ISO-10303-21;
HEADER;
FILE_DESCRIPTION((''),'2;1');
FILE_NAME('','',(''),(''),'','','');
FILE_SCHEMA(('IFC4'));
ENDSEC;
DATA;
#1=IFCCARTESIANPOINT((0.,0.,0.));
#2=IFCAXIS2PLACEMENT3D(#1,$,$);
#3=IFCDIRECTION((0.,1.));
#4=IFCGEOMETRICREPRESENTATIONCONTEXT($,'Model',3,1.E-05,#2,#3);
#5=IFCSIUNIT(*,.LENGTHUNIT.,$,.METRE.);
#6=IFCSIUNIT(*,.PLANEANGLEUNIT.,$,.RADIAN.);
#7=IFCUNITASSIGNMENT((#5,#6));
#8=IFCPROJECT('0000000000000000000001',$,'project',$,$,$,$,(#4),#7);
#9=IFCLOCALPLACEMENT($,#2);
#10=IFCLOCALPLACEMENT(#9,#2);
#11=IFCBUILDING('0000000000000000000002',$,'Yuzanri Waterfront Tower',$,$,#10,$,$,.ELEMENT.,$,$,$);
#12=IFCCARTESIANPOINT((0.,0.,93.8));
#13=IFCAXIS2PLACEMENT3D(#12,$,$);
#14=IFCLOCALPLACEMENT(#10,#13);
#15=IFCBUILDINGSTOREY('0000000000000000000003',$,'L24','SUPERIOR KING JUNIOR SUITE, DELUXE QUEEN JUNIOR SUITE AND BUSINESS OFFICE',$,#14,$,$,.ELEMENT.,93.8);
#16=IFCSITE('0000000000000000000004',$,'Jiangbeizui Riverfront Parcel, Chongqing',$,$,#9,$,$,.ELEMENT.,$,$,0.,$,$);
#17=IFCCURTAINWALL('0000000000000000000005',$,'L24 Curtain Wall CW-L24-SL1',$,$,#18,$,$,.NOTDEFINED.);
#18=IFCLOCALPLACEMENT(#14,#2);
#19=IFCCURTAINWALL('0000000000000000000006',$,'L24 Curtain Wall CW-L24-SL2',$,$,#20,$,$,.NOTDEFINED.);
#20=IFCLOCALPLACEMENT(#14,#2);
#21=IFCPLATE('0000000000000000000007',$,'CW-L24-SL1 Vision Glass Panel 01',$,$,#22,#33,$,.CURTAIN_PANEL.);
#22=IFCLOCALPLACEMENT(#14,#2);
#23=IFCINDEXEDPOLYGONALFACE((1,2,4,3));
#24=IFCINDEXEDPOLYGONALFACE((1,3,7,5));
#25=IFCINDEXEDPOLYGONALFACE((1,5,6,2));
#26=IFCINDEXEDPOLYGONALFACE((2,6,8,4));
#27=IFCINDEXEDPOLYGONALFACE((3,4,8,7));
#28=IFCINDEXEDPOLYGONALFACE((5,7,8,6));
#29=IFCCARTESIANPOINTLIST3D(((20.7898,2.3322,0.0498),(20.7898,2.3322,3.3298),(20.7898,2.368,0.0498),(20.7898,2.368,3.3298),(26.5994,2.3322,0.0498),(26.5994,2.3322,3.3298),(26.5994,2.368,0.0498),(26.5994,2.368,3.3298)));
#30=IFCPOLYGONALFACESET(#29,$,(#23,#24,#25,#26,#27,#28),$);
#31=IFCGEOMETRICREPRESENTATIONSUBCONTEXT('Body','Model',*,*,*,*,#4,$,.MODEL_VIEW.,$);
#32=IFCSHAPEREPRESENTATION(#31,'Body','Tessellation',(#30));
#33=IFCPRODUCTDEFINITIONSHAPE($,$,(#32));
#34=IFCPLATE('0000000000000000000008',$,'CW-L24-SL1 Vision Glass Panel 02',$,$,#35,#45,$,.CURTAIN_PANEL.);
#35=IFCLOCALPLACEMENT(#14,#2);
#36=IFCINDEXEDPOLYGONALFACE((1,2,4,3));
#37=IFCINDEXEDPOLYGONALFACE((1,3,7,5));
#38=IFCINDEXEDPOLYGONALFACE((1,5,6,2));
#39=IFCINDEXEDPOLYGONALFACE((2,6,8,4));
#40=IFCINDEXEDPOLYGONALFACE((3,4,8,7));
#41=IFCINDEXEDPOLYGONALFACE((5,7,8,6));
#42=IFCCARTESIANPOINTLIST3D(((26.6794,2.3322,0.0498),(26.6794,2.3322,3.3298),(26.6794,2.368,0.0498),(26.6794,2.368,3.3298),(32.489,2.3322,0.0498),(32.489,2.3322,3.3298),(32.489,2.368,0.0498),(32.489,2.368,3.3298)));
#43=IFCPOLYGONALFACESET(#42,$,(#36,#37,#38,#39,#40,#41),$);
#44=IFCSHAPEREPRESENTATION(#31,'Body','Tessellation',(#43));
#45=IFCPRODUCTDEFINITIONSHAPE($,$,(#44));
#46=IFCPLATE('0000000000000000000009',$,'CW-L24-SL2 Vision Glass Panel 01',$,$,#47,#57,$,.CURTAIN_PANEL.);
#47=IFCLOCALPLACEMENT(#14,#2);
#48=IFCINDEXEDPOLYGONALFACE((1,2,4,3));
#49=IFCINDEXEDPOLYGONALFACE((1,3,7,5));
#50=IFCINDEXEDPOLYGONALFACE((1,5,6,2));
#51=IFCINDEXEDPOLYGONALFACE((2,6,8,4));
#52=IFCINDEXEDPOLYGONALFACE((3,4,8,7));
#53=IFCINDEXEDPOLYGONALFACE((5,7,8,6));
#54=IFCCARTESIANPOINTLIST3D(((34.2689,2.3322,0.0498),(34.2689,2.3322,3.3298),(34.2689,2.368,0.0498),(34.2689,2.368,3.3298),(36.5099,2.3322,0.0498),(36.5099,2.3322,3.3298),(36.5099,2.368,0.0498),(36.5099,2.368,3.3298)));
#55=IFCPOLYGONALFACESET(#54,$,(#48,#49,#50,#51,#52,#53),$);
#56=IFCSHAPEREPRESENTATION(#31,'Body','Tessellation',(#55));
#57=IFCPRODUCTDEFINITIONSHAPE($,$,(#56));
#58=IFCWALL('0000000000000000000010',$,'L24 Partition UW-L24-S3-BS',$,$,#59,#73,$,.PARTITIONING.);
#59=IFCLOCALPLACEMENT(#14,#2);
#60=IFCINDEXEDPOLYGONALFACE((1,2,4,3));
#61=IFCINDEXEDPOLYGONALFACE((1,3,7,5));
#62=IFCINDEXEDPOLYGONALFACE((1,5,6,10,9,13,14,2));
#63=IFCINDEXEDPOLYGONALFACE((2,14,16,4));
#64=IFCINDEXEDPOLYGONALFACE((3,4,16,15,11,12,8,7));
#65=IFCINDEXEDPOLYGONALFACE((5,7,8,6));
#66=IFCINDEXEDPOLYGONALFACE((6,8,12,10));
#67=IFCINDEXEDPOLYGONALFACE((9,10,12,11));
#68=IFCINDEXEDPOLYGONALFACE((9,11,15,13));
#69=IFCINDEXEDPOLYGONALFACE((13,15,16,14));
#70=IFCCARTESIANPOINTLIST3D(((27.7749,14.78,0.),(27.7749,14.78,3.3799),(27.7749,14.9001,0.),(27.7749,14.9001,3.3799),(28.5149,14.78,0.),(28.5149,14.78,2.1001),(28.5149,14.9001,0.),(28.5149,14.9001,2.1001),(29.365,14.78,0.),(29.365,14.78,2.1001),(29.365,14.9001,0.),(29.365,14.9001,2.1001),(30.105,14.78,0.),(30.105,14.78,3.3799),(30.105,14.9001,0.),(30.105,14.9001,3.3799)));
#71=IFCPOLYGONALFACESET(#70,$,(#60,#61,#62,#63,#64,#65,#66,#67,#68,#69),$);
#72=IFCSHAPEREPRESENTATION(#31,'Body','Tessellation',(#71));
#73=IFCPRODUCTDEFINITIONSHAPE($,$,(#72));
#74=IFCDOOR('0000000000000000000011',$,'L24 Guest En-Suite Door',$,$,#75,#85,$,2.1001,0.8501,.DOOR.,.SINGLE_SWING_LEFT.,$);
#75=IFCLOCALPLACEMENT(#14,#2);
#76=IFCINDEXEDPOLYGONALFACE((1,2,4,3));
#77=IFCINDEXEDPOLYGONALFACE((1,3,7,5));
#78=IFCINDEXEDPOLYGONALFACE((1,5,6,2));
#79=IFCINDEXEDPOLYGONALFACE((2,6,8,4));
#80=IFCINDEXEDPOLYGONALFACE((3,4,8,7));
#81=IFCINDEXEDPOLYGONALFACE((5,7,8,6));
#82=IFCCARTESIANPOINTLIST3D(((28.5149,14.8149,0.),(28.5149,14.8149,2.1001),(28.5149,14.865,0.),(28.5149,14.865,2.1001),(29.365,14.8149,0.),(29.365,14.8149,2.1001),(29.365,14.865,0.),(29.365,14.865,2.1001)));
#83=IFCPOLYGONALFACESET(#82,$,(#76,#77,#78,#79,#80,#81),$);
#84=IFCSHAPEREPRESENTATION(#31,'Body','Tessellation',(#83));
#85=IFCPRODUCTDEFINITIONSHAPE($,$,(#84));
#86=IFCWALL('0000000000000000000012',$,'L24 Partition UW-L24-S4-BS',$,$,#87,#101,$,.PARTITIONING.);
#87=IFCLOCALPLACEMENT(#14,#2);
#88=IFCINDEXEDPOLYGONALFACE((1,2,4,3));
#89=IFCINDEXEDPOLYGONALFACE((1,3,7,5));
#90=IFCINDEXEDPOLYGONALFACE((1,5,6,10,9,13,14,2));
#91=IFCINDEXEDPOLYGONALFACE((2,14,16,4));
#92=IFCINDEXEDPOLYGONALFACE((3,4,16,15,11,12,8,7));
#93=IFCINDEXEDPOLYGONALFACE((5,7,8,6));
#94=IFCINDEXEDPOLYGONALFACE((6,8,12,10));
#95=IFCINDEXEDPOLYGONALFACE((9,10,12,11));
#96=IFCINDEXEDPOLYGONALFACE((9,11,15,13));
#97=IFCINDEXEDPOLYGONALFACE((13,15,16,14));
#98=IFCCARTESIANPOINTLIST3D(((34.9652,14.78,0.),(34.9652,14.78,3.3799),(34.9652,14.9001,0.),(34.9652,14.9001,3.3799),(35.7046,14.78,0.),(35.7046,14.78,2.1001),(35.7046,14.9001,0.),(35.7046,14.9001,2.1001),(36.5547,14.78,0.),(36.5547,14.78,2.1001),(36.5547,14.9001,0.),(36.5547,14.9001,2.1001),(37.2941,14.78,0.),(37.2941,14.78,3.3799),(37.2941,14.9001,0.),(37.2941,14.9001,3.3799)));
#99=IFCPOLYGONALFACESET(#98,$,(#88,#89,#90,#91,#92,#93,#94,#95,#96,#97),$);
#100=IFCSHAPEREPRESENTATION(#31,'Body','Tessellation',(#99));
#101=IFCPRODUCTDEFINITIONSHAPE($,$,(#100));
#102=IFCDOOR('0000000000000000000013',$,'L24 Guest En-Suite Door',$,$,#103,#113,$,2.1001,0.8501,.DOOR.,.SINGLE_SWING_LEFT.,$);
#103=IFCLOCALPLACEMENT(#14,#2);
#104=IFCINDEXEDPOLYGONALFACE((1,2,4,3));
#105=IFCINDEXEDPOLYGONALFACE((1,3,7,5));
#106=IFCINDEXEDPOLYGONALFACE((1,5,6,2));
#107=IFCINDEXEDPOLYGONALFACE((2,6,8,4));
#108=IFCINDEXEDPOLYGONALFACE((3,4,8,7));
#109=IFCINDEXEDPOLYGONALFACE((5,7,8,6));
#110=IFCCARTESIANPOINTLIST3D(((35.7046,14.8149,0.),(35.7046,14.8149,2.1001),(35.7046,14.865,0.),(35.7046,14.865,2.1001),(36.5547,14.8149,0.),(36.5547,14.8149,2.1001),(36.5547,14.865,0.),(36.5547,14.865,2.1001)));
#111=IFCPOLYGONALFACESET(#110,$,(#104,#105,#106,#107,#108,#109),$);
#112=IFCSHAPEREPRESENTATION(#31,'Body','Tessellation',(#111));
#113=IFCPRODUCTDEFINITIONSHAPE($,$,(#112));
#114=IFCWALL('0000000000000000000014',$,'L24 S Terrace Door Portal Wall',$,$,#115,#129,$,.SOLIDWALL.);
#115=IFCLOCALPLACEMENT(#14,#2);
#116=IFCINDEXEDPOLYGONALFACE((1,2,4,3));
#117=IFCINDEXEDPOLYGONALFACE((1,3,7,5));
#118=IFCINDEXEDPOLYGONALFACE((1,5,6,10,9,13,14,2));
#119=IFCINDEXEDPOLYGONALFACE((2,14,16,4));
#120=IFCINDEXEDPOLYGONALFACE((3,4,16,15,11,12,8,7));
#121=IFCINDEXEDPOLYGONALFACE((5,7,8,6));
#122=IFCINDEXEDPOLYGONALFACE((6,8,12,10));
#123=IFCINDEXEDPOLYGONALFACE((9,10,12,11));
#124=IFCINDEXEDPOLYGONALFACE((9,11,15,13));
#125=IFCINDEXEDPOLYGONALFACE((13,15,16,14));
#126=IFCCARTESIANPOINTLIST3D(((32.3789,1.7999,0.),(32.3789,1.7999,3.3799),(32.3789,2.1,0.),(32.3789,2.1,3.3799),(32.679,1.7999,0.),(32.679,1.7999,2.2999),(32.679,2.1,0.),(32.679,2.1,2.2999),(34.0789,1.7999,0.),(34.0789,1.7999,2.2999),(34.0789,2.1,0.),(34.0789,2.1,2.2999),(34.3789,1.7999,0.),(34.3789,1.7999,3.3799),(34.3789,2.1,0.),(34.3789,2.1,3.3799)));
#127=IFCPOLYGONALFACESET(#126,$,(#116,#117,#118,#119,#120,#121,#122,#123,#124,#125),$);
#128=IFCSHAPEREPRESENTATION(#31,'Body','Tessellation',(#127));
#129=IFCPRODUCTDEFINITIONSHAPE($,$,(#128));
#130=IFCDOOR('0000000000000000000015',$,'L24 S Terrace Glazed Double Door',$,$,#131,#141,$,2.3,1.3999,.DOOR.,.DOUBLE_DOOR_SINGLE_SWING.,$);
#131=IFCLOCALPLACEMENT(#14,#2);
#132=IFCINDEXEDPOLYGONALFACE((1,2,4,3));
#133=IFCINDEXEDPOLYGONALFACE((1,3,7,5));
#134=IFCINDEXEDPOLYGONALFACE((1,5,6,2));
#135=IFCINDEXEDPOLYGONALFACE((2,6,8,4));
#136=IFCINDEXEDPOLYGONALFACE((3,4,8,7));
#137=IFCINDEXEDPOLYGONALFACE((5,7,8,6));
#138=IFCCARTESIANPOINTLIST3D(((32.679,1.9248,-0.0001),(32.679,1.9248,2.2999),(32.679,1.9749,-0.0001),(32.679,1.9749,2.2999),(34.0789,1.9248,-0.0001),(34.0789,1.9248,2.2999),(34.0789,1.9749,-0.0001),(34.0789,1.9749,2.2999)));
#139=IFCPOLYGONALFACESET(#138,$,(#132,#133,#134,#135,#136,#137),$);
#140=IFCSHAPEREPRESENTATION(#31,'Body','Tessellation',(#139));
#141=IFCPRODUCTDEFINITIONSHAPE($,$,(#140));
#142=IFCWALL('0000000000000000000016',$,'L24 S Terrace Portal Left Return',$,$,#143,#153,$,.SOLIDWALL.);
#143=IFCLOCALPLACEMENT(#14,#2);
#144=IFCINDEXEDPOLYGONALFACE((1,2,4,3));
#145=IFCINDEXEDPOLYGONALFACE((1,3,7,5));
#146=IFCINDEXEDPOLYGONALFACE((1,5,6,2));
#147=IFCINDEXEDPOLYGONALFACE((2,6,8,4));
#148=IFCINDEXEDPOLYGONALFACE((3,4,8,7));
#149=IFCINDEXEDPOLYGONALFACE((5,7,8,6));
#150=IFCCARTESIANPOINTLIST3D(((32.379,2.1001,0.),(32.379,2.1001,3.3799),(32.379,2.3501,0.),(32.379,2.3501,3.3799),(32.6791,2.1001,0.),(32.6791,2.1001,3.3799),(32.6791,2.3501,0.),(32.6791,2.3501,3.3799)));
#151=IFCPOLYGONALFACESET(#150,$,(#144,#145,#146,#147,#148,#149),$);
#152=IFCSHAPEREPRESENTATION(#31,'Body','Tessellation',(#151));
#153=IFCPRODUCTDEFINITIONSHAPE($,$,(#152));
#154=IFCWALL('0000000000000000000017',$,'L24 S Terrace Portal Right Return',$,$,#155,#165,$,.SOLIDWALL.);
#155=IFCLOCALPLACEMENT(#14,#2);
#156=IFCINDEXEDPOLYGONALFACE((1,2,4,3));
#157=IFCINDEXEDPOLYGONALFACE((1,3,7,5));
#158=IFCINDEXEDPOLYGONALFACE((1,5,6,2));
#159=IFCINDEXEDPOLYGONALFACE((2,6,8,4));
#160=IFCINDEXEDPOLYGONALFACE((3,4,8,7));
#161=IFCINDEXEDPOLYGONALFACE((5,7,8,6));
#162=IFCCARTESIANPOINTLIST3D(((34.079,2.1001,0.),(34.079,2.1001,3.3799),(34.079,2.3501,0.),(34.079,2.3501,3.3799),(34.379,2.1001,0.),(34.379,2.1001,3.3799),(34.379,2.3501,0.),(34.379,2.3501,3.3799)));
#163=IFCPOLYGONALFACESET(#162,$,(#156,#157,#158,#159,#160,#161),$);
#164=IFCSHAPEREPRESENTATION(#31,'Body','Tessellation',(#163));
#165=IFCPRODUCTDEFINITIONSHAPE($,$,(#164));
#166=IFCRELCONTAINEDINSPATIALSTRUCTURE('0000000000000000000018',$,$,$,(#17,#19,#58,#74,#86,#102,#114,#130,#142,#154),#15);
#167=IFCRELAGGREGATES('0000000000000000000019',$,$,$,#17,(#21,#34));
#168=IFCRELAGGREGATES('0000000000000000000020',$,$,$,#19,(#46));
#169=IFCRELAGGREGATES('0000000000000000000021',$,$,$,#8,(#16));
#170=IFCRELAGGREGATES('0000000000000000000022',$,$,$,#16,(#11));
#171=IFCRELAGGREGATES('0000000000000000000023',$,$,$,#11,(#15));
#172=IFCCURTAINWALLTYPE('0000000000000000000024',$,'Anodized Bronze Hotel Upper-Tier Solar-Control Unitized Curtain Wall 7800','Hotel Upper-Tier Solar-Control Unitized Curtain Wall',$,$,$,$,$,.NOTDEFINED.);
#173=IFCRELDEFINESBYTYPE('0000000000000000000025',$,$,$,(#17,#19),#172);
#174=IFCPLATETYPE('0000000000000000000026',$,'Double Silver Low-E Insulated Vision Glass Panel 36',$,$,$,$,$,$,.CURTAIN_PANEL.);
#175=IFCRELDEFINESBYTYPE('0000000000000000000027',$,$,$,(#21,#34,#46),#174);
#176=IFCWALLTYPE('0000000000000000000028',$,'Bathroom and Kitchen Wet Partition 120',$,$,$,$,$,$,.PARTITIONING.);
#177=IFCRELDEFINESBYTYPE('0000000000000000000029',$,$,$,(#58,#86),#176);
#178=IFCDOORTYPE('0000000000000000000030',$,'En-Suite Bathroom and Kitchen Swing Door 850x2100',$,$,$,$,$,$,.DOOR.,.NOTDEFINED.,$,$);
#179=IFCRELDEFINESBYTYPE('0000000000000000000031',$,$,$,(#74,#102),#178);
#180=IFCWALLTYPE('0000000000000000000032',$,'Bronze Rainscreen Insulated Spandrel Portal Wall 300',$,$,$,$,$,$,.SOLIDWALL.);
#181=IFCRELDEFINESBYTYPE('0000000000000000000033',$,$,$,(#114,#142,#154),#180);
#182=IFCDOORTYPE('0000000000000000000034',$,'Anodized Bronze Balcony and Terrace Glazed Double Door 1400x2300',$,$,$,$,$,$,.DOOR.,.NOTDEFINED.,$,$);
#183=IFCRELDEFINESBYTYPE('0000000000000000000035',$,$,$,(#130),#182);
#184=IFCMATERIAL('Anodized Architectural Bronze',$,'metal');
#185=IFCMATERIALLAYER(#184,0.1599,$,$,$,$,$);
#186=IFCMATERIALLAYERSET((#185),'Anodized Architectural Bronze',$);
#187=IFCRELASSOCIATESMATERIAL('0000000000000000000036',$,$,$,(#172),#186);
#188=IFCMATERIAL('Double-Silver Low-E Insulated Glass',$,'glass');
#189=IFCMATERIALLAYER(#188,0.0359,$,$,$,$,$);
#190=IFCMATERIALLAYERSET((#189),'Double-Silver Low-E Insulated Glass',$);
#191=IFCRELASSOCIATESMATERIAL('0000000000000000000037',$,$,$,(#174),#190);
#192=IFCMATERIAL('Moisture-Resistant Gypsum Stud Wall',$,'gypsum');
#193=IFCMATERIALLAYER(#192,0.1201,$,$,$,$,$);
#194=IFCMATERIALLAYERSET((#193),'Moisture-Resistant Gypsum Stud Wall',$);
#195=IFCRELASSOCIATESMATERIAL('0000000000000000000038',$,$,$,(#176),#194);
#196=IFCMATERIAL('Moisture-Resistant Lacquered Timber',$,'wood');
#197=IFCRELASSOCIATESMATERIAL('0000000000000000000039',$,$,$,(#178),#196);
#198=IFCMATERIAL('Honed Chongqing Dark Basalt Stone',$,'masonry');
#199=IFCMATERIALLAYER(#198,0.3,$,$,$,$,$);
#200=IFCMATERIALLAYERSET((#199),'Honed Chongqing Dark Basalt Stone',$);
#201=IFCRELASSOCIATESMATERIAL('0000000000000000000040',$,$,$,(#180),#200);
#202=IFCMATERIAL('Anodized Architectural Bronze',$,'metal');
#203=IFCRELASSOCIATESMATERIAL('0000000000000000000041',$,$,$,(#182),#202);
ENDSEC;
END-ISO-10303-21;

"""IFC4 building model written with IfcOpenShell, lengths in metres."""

from ifc_helpers import new_model, si_unit, direction, frame, frame_2d, origin, origin_2d, place, context, subcontext, project, spatial, rectangle, extrude, source, transform, mapped, material, layer, layer_set, type_object, element, fill, aggregate, save


model = new_model("IFC4")

# Units and contexts
model_context = context("Model", 3, precision=1e-05, world=origin(), true_north=direction((0.0, 1.0)))
body_context = subcontext(model_context, "Body", "Model", "MODEL_VIEW")
ifc_project = project(units=[si_unit("LENGTHUNIT", "METRE"), si_unit("PLANEANGLEUNIT", "RADIAN")], contexts=[model_context])

# Site, building, storey
site_placement = place(None, origin())
site = spatial("IfcSite", under=ifc_project, at=site_placement, Name="Jiangbeizui Riverfront Parcel, Chongqing", CompositionType="ELEMENT", RefElevation=0.0)
building_placement = place(site_placement, origin())
building = spatial("IfcBuilding", under=site, at=building_placement, Name="Yuzanri Waterfront Tower", CompositionType="ELEMENT")
storey_placement = place(building_placement, frame((0.0, 0.0, 93.8)))
storey = spatial("IfcBuildingStorey", under=building, at=storey_placement, Name="L24", Description="SUPERIOR KING JUNIOR SUITE, DELUXE QUEEN JUNIOR SUITE AND BUSINESS OFFICE", CompositionType="ELEMENT", Elevation=93.8)

# Curtain walls
ifc_material_1 = material(Name="Anodized Architectural Bronze", Category="metal")
ifc_layer_1 = layer(ifc_material_1, 0.1599)
ifc_layer_set_1 = layer_set([ifc_layer_1], Name="Anodized Architectural Bronze")
curtain_wall_type = type_object("IfcCurtainWallType", Name="Anodized Bronze Hotel Upper-Tier Solar-Control Unitized Curtain Wall 7800", Description="Hotel Upper-Tier Solar-Control Unitized Curtain Wall", PredefinedType="NOTDEFINED", material=ifc_layer_set_1)
curtain_wall_1_placement = place(storey_placement, origin())
curtain_wall_1 = element("IfcCurtainWall", 1, at=curtain_wall_1_placement, inside=storey, type_object=curtain_wall_type, Name="L24 Curtain Wall CW-L24-SL1", PredefinedType="NOTDEFINED")
curtain_wall_2_placement = place(storey_placement, origin())
curtain_wall_2 = element("IfcCurtainWall", 2, at=curtain_wall_2_placement, inside=storey, type_object=curtain_wall_type, Name="L24 Curtain Wall CW-L24-SL2", PredefinedType="NOTDEFINED")

# Plates
ifc_material_2 = material(Name="Double-Silver Low-E Insulated Glass", Category="glass")
ifc_layer_2 = layer(ifc_material_2, 0.0359)
ifc_layer_set_2 = layer_set([ifc_layer_2], Name="Double-Silver Low-E Insulated Glass")
plate_type = type_object("IfcPlateType", Name="Double Silver Low-E Insulated Vision Glass Panel 36", PredefinedType="CURTAIN_PANEL", material=ifc_layer_set_2)
shared_shape_1 = source(origin(), body_context, "Body", "SweptSolid", [
    extrude(rectangle(XDim=5.8096, YDim=0.0359, at=origin_2d()), origin(), (0.0, 0.0, 1.0), 3.28),
])
plate_1_placement = place(storey_placement, frame((23.6946, 2.3501, 0.0498), z_axis=(0.0, 0.0, 1.0), x_axis=(1.0, 0.0, 0.0)))
plate_1 = element("IfcPlate", 3, at=plate_1_placement, type_object=plate_type, Name="CW-L24-SL1 Vision Glass Panel 01", PredefinedType="CURTAIN_PANEL", context=body_context, shape_type="MappedRepresentation", body=[
    mapped(shared_shape_1, transform((0.0, 0.0, 0.0), scale=1.0)),
])
plate_2_placement = place(storey_placement, frame((29.5842, 2.3501, 0.0498), z_axis=(0.0, 0.0, 1.0), x_axis=(1.0, 0.0, 0.0)))
plate_2 = element("IfcPlate", 4, at=plate_2_placement, type_object=plate_type, Name="CW-L24-SL1 Vision Glass Panel 02", PredefinedType="CURTAIN_PANEL", context=body_context, shape_type="MappedRepresentation", body=[
    mapped(shared_shape_1, transform((0.0, 0.0, 0.0), scale=1.0)),
])
aggregate(curtain_wall_1, [plate_1, plate_2])
shared_shape_2 = source(origin(), body_context, "Body", "SweptSolid", [
    extrude(rectangle(XDim=2.241, YDim=0.0359, at=origin_2d()), origin(), (0.0, 0.0, 1.0), 3.28),
])
plate_3_placement = place(storey_placement, frame((35.3894, 2.3501, 0.0498), z_axis=(0.0, 0.0, 1.0), x_axis=(1.0, 0.0, 0.0)))
plate_3 = element("IfcPlate", 5, at=plate_3_placement, type_object=plate_type, Name="CW-L24-SL2 Vision Glass Panel 01", PredefinedType="CURTAIN_PANEL", context=body_context, shape_type="MappedRepresentation", body=[
    mapped(shared_shape_2, transform((0.0, 0.0, 0.0), scale=1.0)),
])
aggregate(curtain_wall_2, [plate_3])

# Walls, openings, doors
ifc_material_3 = material(Name="Moisture-Resistant Gypsum Stud Wall", Category="gypsum")
ifc_layer_3 = layer(ifc_material_3, 0.1201)
ifc_layer_set_3 = layer_set([ifc_layer_3], Name="Moisture-Resistant Gypsum Stud Wall")
wall_type_1 = type_object("IfcWallType", Name="Bathroom and Kitchen Wet Partition 120", PredefinedType="PARTITIONING", material=ifc_layer_set_3)
wall_1_placement = place(storey_placement, frame((27.7749, 14.8401, 0.0), z_axis=(0.0, 0.0, 1.0), x_axis=(1.0, 0.0, 0.0)))
wall_1 = element("IfcWall", 6, at=wall_1_placement, inside=storey, type_object=wall_type_1, Name="L24 Partition UW-L24-S3-BS", PredefinedType="PARTITIONING", context=body_context, shape_type="SweptSolid", body=[
    extrude(rectangle(XDim=2.3301, YDim=0.1201, at=frame_2d((1.165, 0.0))), origin(), (0.0, 0.0, 1.0), 3.3799),
])
opening_1_placement = place(wall_1_placement, frame((0.74, 0.0, 0.0)))
opening_1 = element("IfcOpeningElement", 7, at=opening_1_placement, cuts=wall_1, PredefinedType="OPENING", context=body_context, shape_type="SweptSolid", body=[
    extrude(rectangle(XDim=0.8501, YDim=2.1001, at=frame_2d((0.425, 1.05))), frame((0.0, 0.075, 0.0), z_axis=(0.0, -1.0, 0.0), x_axis=(1.0, 0.0, 0.0)), (0.0, 0.0, 1.0), 0.1499),
])
ifc_material_4 = material(Name="Moisture-Resistant Lacquered Timber", Category="wood")
door_type_1 = type_object("IfcDoorType", Name="En-Suite Bathroom and Kitchen Swing Door 850x2100", OperationType="NOTDEFINED", PredefinedType="DOOR", material=ifc_material_4)
shared_shape_3 = source(origin(), body_context, "Body", "SweptSolid", [
    extrude(rectangle(XDim=0.8501, YDim=2.1001, at=frame_2d((0.425, 1.05))), frame((0.0, 0.0249, 0.0), z_axis=(0.0, -1.0, 0.0), x_axis=(1.0, 0.0, 0.0)), (0.0, 0.0, 1.0), 0.05),
])
door_1_placement = place(opening_1_placement, origin())
door_1 = element("IfcDoor", 8, at=door_1_placement, inside=storey, type_object=door_type_1, Name="L24 Guest En-Suite Door", OperationType="SINGLE_SWING_LEFT", OverallHeight=2.1001, OverallWidth=0.8501, PredefinedType="DOOR", context=body_context, shape_type="MappedRepresentation", body=[
    mapped(shared_shape_3, transform((0.0, 0.0, 0.0), scale=1.0)),
])
fill(opening_1, door_1)
wall_2_placement = place(storey_placement, frame((34.9651, 14.8401, 0.0), z_axis=(0.0, 0.0, 1.0), x_axis=(1.0, 0.0, 0.0)))
wall_2 = element("IfcWall", 9, at=wall_2_placement, inside=storey, type_object=wall_type_1, Name="L24 Partition UW-L24-S4-BS", PredefinedType="PARTITIONING", context=body_context, shape_type="SweptSolid", body=[
    extrude(rectangle(XDim=2.3289, YDim=0.1201, at=frame_2d((1.1646, 0.0))), origin(), (0.0, 0.0, 1.0), 3.3799),
])
opening_2_placement = place(wall_2_placement, frame((0.7395, 0.0, 0.0)))
opening_2 = element("IfcOpeningElement", 10, at=opening_2_placement, cuts=wall_2, PredefinedType="OPENING", context=body_context, shape_type="SweptSolid", body=[
    extrude(rectangle(XDim=0.8501, YDim=2.1001, at=frame_2d((0.425, 1.05))), frame((0.0, 0.075, 0.0), z_axis=(0.0, -1.0, 0.0), x_axis=(1.0, 0.0, 0.0)), (0.0, 0.0, 1.0), 0.1499),
])
door_2_placement = place(opening_2_placement, origin())
door_2 = element("IfcDoor", 11, at=door_2_placement, inside=storey, type_object=door_type_1, Name="L24 Guest En-Suite Door", OperationType="SINGLE_SWING_LEFT", OverallHeight=2.1001, OverallWidth=0.8501, PredefinedType="DOOR", context=body_context, shape_type="MappedRepresentation", body=[
    mapped(shared_shape_3, transform((0.0, 0.0, 0.0), scale=1.0)),
])
fill(opening_2, door_2)
ifc_material_5 = material(Name="Honed Chongqing Dark Basalt Stone", Category="masonry")
ifc_layer_4 = layer(ifc_material_5, 0.3)
ifc_layer_set_4 = layer_set([ifc_layer_4], Name="Honed Chongqing Dark Basalt Stone")
wall_type_2 = type_object("IfcWallType", Name="Bronze Rainscreen Insulated Spandrel Portal Wall 300", PredefinedType="SOLIDWALL", material=ifc_layer_set_4)
wall_3_placement = place(storey_placement, frame((32.3789, 1.95, 0.0), z_axis=(0.0, 0.0, 1.0), x_axis=(1.0, 0.0, 0.0)))
wall_3 = element("IfcWall", 12, at=wall_3_placement, inside=storey, type_object=wall_type_2, Name="L24 S Terrace Door Portal Wall", PredefinedType="SOLIDWALL", context=body_context, shape_type="SweptSolid", body=[
    extrude(rectangle(XDim=2.0, YDim=0.3, at=frame_2d((1.0, 0.0))), origin(), (0.0, 0.0, 1.0), 3.3799),
])
opening_3_placement = place(wall_3_placement, frame((0.3, 0.0, 0.0)))
opening_3 = element("IfcOpeningElement", 13, at=opening_3_placement, cuts=wall_3, PredefinedType="OPENING", context=body_context, shape_type="SweptSolid", body=[
    extrude(rectangle(XDim=1.3999, YDim=2.3, at=frame_2d((0.7, 1.1499))), frame((0.0, 0.165, 0.0), z_axis=(0.0, -1.0, 0.0), x_axis=(1.0, 0.0, 0.0)), (0.0, 0.0, 1.0), 0.3298),
])
ifc_material_6 = material(Name="Anodized Architectural Bronze", Category="metal")
door_type_2 = type_object("IfcDoorType", Name="Anodized Bronze Balcony and Terrace Glazed Double Door 1400x2300", OperationType="NOTDEFINED", PredefinedType="DOOR", material=ifc_material_6)
shared_shape_4 = source(origin(), body_context, "Body", "SweptSolid", [
    extrude(rectangle(XDim=1.3999, YDim=2.3, at=frame_2d((0.7, 1.1499))), frame((0.0, 0.0249, 0.0), z_axis=(0.0, -1.0, 0.0), x_axis=(1.0, 0.0, 0.0)), (0.0, 0.0, 1.0), 0.05),
])
door_3_placement = place(opening_3_placement, origin())
door_3 = element("IfcDoor", 14, at=door_3_placement, inside=storey, type_object=door_type_2, Name="L24 S Terrace Glazed Double Door", OperationType="DOUBLE_DOOR_SINGLE_SWING", OverallHeight=2.3, OverallWidth=1.3999, PredefinedType="DOOR", context=body_context, shape_type="MappedRepresentation", body=[
    mapped(shared_shape_4, transform((0.0, 0.0, 0.0), scale=1.0)),
])
fill(opening_3, door_3)

# Walls
shared_shape_5 = source(origin(), body_context, "Body", "SweptSolid", [
    extrude(rectangle(XDim=0.25, YDim=0.3, at=frame_2d((0.125, 0.0))), origin(), (0.0, 0.0, 1.0), 3.3799),
])
for number, where, z_axis, x_axis, name in (
    (15, (32.5291, 2.3501, 0.0), (0.0, 0.0, 1.0), (0.0, -1.0, 0.0), "L24 S Terrace Portal Left Return"),
    (16, (34.229, 2.1001, 0.0), (0.0, 0.0, 1.0), (0.0, 1.0, 0.0), "L24 S Terrace Portal Right Return"),
):
    element("IfcWall", number, at=place(storey_placement, frame(where, z_axis=z_axis, x_axis=x_axis)), inside=storey, type_object=wall_type_2, Name=name, PredefinedType="SOLIDWALL", context=body_context, shape_type="MappedRepresentation", body=[
        mapped(shared_shape_5, transform((0.0, 0.0, 0.0), scale=1.0)),
    ])

save(model, "model.ifc")
